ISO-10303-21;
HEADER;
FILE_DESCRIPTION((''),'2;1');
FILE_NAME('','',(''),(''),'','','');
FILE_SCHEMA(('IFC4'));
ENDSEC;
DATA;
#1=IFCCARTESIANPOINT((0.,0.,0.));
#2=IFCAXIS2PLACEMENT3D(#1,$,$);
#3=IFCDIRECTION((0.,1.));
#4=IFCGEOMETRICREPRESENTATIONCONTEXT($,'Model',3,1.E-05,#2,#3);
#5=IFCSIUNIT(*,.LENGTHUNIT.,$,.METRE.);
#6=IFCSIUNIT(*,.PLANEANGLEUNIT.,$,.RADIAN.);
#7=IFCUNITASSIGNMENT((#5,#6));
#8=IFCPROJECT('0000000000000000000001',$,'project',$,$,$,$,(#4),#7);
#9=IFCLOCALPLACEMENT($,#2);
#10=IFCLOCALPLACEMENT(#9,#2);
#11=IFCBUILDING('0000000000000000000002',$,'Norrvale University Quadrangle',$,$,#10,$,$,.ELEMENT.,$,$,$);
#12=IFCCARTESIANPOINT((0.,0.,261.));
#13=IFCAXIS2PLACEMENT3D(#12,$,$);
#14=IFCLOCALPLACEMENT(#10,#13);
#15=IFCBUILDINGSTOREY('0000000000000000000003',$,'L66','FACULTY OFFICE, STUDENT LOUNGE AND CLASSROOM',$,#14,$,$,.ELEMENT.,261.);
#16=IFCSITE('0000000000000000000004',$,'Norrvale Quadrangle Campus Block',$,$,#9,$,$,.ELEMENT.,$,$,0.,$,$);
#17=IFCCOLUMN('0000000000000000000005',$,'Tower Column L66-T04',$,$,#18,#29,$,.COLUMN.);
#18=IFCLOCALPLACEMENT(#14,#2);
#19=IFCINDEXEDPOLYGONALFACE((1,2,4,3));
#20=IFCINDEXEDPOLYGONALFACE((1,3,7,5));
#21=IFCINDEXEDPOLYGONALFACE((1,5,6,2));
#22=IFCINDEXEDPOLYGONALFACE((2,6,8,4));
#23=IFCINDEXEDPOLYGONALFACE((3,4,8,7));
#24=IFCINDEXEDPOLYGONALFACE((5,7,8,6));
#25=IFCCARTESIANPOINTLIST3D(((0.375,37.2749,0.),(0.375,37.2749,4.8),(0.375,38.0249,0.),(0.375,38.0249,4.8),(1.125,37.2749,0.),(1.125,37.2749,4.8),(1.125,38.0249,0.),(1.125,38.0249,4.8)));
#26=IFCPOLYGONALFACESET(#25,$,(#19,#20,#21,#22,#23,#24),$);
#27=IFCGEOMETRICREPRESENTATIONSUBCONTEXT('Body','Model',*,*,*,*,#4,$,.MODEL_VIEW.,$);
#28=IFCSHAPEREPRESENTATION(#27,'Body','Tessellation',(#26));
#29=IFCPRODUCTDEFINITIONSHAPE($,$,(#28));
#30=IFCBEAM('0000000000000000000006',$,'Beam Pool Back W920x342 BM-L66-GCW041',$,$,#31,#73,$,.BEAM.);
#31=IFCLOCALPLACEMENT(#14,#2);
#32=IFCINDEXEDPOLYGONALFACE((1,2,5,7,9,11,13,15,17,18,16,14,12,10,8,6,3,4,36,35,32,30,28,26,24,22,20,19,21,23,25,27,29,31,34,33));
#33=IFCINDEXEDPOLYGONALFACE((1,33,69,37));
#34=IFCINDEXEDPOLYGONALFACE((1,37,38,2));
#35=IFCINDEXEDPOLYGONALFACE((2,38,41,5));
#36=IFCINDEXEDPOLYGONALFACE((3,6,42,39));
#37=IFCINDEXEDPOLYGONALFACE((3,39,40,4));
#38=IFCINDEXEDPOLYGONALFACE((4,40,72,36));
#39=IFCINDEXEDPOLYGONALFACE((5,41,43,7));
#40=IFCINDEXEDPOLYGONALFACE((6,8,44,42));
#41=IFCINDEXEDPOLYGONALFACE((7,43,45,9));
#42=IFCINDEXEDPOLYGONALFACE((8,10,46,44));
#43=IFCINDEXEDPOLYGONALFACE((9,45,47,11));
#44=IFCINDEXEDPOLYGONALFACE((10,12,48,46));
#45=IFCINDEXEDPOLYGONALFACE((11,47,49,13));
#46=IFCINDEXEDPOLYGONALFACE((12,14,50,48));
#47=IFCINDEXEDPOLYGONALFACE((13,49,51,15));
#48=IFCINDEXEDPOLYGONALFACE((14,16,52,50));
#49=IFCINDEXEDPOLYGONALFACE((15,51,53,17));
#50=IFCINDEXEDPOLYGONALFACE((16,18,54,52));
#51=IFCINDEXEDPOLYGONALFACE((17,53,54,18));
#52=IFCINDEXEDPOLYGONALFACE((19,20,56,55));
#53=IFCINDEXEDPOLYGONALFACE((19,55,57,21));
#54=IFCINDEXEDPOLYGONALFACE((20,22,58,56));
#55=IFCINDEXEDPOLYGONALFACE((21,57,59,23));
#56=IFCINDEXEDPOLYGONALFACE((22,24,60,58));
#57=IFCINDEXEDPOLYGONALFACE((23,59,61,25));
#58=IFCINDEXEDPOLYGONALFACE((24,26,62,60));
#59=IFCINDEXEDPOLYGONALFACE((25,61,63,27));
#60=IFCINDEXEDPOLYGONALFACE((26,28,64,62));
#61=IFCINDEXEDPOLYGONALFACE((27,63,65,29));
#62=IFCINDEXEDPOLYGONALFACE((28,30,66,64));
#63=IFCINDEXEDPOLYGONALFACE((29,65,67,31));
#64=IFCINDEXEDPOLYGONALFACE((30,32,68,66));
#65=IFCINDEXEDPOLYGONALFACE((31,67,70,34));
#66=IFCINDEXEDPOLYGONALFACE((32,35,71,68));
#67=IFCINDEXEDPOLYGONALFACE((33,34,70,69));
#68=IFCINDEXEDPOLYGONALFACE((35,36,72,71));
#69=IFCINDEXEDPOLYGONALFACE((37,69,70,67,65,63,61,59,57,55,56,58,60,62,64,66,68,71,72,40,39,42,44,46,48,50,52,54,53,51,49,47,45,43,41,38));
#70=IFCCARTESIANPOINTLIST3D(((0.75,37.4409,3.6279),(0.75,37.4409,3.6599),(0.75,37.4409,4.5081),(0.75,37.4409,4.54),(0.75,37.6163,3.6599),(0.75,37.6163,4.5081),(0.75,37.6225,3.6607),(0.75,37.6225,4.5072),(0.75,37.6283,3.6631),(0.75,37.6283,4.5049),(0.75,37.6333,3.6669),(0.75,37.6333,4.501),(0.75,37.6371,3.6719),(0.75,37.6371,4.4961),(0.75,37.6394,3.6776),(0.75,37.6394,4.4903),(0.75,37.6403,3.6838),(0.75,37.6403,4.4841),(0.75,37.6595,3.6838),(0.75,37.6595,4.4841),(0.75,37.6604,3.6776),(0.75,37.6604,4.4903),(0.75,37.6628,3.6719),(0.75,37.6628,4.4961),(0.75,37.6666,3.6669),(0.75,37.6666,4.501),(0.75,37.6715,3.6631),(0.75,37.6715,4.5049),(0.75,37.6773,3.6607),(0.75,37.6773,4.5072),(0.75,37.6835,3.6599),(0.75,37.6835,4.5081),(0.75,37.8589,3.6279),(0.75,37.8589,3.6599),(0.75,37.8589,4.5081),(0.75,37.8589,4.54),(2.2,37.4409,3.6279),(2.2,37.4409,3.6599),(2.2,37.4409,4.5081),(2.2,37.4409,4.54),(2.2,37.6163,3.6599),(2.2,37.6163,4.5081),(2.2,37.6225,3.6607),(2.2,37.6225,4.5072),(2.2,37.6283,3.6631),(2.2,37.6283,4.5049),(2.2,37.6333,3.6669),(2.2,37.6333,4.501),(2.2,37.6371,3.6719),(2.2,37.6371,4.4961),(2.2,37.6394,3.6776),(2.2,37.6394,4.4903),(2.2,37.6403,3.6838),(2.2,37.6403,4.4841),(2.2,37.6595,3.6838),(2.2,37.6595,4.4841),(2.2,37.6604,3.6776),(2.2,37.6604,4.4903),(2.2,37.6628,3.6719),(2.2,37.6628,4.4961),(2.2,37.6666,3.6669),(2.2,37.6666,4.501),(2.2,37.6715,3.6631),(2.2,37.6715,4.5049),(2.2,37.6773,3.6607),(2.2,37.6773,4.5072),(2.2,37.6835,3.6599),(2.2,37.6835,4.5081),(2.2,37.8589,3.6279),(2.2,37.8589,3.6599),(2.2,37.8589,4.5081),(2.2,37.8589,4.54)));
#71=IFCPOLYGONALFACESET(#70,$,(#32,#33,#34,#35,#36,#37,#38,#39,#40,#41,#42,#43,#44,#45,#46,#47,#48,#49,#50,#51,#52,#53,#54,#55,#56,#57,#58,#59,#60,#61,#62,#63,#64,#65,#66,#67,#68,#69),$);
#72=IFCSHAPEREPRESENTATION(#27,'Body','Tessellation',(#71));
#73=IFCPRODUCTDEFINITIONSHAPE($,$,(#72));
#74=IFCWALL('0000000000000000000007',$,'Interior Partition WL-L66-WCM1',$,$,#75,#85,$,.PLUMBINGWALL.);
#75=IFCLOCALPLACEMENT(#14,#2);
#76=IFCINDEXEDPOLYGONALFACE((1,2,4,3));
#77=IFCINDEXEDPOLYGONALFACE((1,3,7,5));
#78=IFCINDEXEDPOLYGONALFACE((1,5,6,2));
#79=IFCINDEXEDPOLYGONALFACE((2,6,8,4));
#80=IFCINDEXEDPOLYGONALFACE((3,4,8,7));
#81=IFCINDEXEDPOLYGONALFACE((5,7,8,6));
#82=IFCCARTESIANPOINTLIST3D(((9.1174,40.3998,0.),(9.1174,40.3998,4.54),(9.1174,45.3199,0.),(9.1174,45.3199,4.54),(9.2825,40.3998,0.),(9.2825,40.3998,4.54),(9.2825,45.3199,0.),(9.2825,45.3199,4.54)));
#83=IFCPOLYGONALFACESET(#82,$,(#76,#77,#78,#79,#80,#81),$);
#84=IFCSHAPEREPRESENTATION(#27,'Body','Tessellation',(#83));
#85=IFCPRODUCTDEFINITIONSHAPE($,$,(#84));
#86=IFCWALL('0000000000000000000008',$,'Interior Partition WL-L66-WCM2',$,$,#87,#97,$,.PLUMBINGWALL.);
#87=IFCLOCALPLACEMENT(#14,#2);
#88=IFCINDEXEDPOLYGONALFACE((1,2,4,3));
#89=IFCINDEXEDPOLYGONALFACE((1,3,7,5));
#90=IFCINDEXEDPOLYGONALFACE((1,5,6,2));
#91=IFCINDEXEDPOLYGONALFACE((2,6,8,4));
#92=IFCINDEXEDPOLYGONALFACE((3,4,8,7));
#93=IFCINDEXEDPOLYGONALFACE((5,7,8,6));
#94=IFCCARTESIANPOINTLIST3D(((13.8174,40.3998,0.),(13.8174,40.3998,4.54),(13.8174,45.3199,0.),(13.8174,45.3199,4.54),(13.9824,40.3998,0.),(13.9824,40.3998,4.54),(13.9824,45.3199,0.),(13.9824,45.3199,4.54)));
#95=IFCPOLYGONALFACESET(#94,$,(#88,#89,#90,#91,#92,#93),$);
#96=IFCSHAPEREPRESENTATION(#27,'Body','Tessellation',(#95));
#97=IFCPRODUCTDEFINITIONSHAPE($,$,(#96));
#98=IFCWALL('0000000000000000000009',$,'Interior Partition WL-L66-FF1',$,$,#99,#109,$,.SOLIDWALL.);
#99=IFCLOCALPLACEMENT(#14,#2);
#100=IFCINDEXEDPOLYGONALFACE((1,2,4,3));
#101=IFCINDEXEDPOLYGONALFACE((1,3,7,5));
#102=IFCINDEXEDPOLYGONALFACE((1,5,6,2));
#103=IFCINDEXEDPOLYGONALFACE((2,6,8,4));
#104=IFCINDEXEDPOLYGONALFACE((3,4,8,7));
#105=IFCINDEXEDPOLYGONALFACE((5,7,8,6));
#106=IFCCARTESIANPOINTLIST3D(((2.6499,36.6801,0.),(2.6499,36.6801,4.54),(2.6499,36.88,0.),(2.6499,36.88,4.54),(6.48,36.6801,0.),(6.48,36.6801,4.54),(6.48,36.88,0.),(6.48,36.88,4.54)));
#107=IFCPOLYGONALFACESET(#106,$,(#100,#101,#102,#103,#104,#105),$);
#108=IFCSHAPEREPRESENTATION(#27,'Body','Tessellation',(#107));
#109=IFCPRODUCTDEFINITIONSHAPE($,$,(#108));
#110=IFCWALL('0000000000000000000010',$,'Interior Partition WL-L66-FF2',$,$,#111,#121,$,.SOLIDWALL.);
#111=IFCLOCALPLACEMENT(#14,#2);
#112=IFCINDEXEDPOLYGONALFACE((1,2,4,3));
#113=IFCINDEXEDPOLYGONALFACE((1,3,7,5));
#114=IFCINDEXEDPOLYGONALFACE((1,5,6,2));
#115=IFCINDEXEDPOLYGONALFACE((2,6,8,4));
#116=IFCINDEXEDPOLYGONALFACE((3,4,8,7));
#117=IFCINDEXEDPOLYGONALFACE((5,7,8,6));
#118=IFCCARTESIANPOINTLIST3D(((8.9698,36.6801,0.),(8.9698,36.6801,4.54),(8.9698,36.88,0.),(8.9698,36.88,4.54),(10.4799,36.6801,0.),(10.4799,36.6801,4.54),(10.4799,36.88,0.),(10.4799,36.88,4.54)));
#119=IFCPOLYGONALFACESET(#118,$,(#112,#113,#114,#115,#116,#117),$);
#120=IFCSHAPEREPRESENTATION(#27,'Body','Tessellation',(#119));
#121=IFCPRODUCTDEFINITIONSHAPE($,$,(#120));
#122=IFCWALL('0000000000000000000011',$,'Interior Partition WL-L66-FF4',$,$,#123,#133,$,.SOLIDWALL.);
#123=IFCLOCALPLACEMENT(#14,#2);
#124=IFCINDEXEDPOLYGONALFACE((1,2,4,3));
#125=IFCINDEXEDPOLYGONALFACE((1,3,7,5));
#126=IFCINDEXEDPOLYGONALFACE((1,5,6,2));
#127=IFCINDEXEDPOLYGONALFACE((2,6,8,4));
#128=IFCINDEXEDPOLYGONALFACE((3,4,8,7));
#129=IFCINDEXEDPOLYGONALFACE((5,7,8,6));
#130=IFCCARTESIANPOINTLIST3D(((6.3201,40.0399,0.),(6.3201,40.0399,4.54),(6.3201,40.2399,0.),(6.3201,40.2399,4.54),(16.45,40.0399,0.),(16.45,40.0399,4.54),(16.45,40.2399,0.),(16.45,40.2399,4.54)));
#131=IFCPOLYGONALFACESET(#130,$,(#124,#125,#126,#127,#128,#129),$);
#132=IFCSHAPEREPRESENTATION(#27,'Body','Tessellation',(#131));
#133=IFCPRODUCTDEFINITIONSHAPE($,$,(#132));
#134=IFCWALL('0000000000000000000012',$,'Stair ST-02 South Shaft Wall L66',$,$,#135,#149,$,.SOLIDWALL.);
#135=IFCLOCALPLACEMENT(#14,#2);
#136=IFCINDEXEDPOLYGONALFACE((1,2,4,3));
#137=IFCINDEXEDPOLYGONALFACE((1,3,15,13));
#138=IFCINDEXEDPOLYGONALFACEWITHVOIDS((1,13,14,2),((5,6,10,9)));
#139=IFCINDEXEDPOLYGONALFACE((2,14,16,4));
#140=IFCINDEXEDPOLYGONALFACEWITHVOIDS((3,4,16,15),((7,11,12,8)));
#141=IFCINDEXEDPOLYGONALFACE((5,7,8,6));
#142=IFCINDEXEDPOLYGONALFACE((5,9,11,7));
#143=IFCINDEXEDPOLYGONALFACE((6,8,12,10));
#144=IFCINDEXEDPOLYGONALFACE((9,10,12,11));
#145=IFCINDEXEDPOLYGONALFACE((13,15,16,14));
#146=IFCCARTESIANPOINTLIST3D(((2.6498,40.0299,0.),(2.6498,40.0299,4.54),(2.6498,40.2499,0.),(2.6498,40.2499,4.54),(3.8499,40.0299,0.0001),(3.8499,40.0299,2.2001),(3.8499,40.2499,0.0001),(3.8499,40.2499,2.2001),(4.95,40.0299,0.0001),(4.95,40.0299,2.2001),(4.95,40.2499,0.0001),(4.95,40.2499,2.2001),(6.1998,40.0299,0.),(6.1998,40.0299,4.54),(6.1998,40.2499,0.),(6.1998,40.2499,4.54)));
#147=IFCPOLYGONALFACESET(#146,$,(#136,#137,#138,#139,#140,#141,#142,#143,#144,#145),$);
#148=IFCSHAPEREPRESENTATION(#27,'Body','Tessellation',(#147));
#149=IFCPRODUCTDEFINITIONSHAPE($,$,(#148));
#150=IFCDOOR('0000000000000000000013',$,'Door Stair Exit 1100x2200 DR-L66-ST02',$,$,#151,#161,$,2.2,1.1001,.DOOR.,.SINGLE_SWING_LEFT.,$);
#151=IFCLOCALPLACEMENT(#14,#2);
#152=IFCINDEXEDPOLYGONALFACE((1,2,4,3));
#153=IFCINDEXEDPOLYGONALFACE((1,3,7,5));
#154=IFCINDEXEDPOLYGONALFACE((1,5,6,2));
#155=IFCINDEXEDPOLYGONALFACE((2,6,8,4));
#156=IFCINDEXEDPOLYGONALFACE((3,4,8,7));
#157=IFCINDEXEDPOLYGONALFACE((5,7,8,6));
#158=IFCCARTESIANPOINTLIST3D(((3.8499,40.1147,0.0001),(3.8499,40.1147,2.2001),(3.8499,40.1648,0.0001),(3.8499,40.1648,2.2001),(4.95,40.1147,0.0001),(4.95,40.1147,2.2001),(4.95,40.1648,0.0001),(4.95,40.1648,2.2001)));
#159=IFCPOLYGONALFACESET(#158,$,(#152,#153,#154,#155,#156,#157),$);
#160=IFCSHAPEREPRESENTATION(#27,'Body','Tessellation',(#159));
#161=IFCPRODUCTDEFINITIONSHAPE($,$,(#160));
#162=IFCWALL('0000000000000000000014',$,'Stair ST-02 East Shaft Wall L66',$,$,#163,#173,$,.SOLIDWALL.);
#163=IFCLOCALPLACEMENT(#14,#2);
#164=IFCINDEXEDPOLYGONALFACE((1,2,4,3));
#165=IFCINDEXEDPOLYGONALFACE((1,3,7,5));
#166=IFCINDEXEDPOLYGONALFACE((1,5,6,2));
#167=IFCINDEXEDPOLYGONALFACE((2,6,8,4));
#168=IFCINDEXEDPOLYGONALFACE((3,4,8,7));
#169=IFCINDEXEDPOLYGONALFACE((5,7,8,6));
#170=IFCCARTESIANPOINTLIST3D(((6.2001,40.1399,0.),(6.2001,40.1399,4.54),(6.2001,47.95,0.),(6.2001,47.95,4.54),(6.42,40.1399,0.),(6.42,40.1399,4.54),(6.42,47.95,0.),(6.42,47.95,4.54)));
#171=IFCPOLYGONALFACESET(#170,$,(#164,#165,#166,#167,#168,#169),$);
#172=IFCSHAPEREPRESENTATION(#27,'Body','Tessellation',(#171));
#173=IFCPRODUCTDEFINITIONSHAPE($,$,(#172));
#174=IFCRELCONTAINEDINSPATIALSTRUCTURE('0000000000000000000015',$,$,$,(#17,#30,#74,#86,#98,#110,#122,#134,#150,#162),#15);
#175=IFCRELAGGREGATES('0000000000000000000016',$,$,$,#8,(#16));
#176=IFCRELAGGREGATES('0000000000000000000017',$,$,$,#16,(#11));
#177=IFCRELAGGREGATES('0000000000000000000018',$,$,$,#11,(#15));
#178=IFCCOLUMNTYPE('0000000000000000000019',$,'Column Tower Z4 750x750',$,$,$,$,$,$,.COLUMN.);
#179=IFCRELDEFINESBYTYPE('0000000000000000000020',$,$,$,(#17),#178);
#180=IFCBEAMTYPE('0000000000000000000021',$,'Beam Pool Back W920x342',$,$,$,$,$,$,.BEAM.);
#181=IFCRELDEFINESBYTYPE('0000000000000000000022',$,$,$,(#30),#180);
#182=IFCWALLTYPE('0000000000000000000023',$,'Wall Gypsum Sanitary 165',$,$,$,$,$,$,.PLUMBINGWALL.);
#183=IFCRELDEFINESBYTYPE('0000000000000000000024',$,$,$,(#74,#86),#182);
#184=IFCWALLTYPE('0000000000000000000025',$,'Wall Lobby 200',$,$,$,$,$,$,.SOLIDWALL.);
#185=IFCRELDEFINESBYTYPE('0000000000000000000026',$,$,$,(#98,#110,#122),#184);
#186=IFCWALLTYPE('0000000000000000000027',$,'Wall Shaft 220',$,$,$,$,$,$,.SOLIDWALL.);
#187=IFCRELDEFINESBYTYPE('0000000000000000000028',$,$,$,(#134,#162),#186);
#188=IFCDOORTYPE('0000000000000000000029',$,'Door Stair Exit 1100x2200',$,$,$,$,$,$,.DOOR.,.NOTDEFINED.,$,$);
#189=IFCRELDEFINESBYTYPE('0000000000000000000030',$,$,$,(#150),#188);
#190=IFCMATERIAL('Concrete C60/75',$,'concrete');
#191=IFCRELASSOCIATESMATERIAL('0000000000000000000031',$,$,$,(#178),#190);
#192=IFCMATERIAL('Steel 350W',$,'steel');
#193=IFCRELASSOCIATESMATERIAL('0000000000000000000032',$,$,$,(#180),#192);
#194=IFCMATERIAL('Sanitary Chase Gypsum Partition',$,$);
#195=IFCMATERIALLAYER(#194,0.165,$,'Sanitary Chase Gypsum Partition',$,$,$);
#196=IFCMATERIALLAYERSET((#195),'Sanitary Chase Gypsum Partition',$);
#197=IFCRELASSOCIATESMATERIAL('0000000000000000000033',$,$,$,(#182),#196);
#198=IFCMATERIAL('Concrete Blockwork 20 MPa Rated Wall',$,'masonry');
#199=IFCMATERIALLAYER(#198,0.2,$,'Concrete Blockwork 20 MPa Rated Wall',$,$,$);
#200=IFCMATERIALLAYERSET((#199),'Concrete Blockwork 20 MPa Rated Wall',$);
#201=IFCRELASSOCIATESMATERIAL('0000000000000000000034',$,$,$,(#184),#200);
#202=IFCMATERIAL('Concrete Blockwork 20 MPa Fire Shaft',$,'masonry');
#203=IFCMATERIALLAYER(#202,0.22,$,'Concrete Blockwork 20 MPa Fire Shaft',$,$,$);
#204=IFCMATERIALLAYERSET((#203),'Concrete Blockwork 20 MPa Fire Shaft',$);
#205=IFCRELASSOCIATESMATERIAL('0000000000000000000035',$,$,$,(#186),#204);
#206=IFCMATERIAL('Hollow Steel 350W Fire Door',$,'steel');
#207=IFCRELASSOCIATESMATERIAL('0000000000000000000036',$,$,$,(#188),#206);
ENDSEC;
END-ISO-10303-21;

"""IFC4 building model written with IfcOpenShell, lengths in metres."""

from ifc_helpers import new_model, si_unit, direction, frame, frame_2d, origin, origin_2d, place, context, subcontext, project, spatial, rectangle, i_section, extrude, material, layer, layer_set, material_profile, profile_set, type_object, element, fill, save


model = new_model("IFC4")

# Units and contexts
model_context = context("Model", 3, precision=1e-05, world=origin(), true_north=direction((0.0, 1.0)))
body_context = subcontext(model_context, "Body", "Model", "MODEL_VIEW")
ifc_project = project(units=[si_unit("LENGTHUNIT", "METRE"), si_unit("PLANEANGLEUNIT", "RADIAN")], contexts=[model_context])

# Site, building, storey
site_placement = place(None, origin())
site = spatial("IfcSite", under=ifc_project, at=site_placement, Name="Norrvale Quadrangle Campus Block", CompositionType="ELEMENT", RefElevation=0.0)
building_placement = place(site_placement, origin())
building = spatial("IfcBuilding", under=site, at=building_placement, Name="Norrvale University Quadrangle", CompositionType="ELEMENT")
storey_placement = place(building_placement, frame((0.0, 0.0, 261.0)))
storey = spatial("IfcBuildingStorey", under=building, at=storey_placement, Name="L66", Description="FACULTY OFFICE, STUDENT LOUNGE AND CLASSROOM", CompositionType="ELEMENT", Elevation=261.0)

# Column
ifc_material_1 = material(Name="Concrete C60/75", Category="concrete")
ifc_material_profile_1 = material_profile(ifc_material_1, rectangle(XDim=0.75, YDim=0.75, at=origin_2d()), Name="Concrete C60/75")
ifc_profile_set_1 = profile_set([ifc_material_profile_1], Name="Concrete C60/75")
column_type = type_object("IfcColumnType", Name="Column Tower Z4 750x750", PredefinedType="COLUMN", material=ifc_profile_set_1)
column_placement = place(storey_placement, frame((0.75, 37.6499, 0.0), z_axis=(0.0, 0.0, 1.0), x_axis=(1.0, 0.0, 0.0)))
element("IfcColumn", 1, at=column_placement, inside=storey, type_object=column_type, Name="Tower Column L66-T04", PredefinedType="COLUMN", context=body_context, shape_type="SweptSolid", body=[
    extrude(rectangle(XDim=0.75, YDim=0.75, at=origin_2d()), origin(), (0.0, 0.0, 1.0), 4.8),
])

# Beam
ifc_material_2 = material(Name="Steel 350W", Category="steel")
ifc_material_profile_2 = material_profile(ifc_material_2, i_section(OverallWidth=0.418, OverallDepth=0.9121, WebThickness=0.0193, FlangeThickness=0.032, FilletRadius=0.0239, at=origin_2d()), Name="Steel 350W")
ifc_profile_set_2 = profile_set([ifc_material_profile_2], Name="Steel 350W")
beam_type = type_object("IfcBeamType", Name="Beam Pool Back W920x342", PredefinedType="BEAM", material=ifc_profile_set_2)
beam_placement = place(storey_placement, frame((0.75, 37.6499, 4.084), z_axis=(1.0, 0.0, 0.0), x_axis=(0.0, 1.0, 0.0)))
element("IfcBeam", 2, at=beam_placement, inside=storey, type_object=beam_type, Name="Beam Pool Back W920x342 BM-L66-GCW041", PredefinedType="BEAM", context=body_context, shape_type="SweptSolid", body=[
    extrude(i_section(OverallWidth=0.418, OverallDepth=0.9121, WebThickness=0.0193, FlangeThickness=0.032, FilletRadius=0.0239, at=origin_2d()), origin(), (0.0, 0.0, 1.0), 1.45),
])

# Walls
ifc_material_3 = material(Name="Sanitary Chase Gypsum Partition")
ifc_layer_1 = layer(ifc_material_3, 0.165, Name="Sanitary Chase Gypsum Partition")
ifc_layer_set_1 = layer_set([ifc_layer_1], Name="Sanitary Chase Gypsum Partition")
wall_type_1 = type_object("IfcWallType", Name="Wall Gypsum Sanitary 165", PredefinedType="PLUMBINGWALL", material=ifc_layer_set_1)
for number, where, z_axis, x_axis, name in (
    (3, (9.2, 40.3999, 0.0), (0.0, 0.0, 1.0), (0.0, 1.0, 0.0), "Interior Partition WL-L66-WCM1"),
    (4, (13.8999, 40.3999, 0.0), (0.0, 0.0, 1.0), (0.0, 1.0, 0.0), "Interior Partition WL-L66-WCM2"),
):
    element("IfcWall", number, at=place(storey_placement, frame(where, z_axis=z_axis, x_axis=x_axis)), inside=storey, type_object=wall_type_1, Name=name, PredefinedType="PLUMBINGWALL", context=body_context, shape_type="SweptSolid", body=[
        extrude(rectangle(XDim=4.9202, YDim=0.165, at=frame_2d((2.46, 0.0))), origin(), (0.0, 0.0, 1.0), 4.54),
    ])
ifc_material_4 = material(Name="Concrete Blockwork 20 MPa Rated Wall", Category="masonry")
ifc_layer_2 = layer(ifc_material_4, 0.2, Name="Concrete Blockwork 20 MPa Rated Wall")
ifc_layer_set_2 = layer_set([ifc_layer_2], Name="Concrete Blockwork 20 MPa Rated Wall")
wall_type_2 = type_object("IfcWallType", Name="Wall Lobby 200", PredefinedType="SOLIDWALL", material=ifc_layer_set_2)
wall_1_placement = place(storey_placement, frame((2.6499, 36.78, 0.0), z_axis=(0.0, 0.0, 1.0), x_axis=(1.0, 0.0, 0.0)))
element("IfcWall", 5, at=wall_1_placement, inside=storey, type_object=wall_type_2, Name="Interior Partition WL-L66-FF1", PredefinedType="SOLIDWALL", context=body_context, shape_type="SweptSolid", body=[
    extrude(rectangle(XDim=3.8301, YDim=0.2, at=frame_2d((1.915, 0.0))), origin(), (0.0, 0.0, 1.0), 4.54),
])
wall_2_placement = place(storey_placement, frame((8.97, 36.78, 0.0), z_axis=(0.0, 0.0, 1.0), x_axis=(1.0, 0.0, 0.0)))
element("IfcWall", 6, at=wall_2_placement, inside=storey, type_object=wall_type_2, Name="Interior Partition WL-L66-FF2", PredefinedType="SOLIDWALL", context=body_context, shape_type="SweptSolid", body=[
    extrude(rectangle(XDim=1.51, YDim=0.2, at=frame_2d((0.7549, 0.0))), origin(), (0.0, 0.0, 1.0), 4.54),
])
wall_3_placement = place(storey_placement, frame((6.3201, 40.1399, 0.0), z_axis=(0.0, 0.0, 1.0), x_axis=(1.0, 0.0, 0.0)))
element("IfcWall", 7, at=wall_3_placement, inside=storey, type_object=wall_type_2, Name="Interior Partition WL-L66-FF4", PredefinedType="SOLIDWALL", context=body_context, shape_type="SweptSolid", body=[
    extrude(rectangle(XDim=10.1299, YDim=0.2, at=frame_2d((5.0649, 0.0))), origin(), (0.0, 0.0, 1.0), 4.54),
])

# Wall, opening, door
ifc_material_5 = material(Name="Concrete Blockwork 20 MPa Fire Shaft", Category="masonry")
ifc_layer_3 = layer(ifc_material_5, 0.22, Name="Concrete Blockwork 20 MPa Fire Shaft")
ifc_layer_set_3 = layer_set([ifc_layer_3], Name="Concrete Blockwork 20 MPa Fire Shaft")
wall_type_3 = type_object("IfcWallType", Name="Wall Shaft 220", PredefinedType="SOLIDWALL", material=ifc_layer_set_3)
wall_4_placement = place(storey_placement, frame((2.6499, 40.1399, 0.0), z_axis=(0.0, 0.0, 1.0), x_axis=(1.0, 0.0, 0.0)))
wall_4 = element("IfcWall", 8, at=wall_4_placement, inside=storey, type_object=wall_type_3, Name="Stair ST-02 South Shaft Wall L66", PredefinedType="SOLIDWALL", context=body_context, shape_type="SweptSolid", body=[
    extrude(rectangle(XDim=3.55, YDim=0.22, at=frame_2d((1.7749, 0.0))), origin(), (0.0, 0.0, 1.0), 4.54),
])
opening_1_placement = place(wall_4_placement, frame((1.2, 0.0, 0.0)))
opening_1 = element("IfcOpeningElement", 9, at=opening_1_placement, cuts=wall_4, PredefinedType="OPENING", context=body_context, shape_type="SweptSolid", body=[
    extrude(rectangle(XDim=1.1001, YDim=2.2, at=frame_2d((0.55, 1.1001))), frame((0.0, 0.1221, 0.0), z_axis=(0.0, -1.0, 0.0), x_axis=(1.0, 0.0, 0.0)), (0.0, 0.0, 1.0), 0.2439),
])
ifc_material_6 = material(Name="Hollow Steel 350W Fire Door", Category="steel")
door_type_1 = type_object("IfcDoorType", Name="Door Stair Exit 1100x2200", OperationType="NOTDEFINED", PredefinedType="DOOR", material=ifc_material_6)
door_1_placement = place(opening_1_placement, origin())
door_1 = element("IfcDoor", 10, at=door_1_placement, inside=storey, type_object=door_type_1, Name="Door Stair Exit 1100x2200 DR-L66-ST02", OperationType="SINGLE_SWING_LEFT", OverallHeight=2.2, OverallWidth=1.1001, PredefinedType="DOOR", context=body_context, shape_type="SweptSolid", body=[
    extrude(rectangle(XDim=1.1001, YDim=2.2, at=frame_2d((0.55, 1.1001))), frame((0.0, 0.0249, 0.0), z_axis=(0.0, -1.0, 0.0), x_axis=(1.0, 0.0, 0.0)), (0.0, 0.0, 1.0), 0.05),
])
fill(opening_1, door_1)

# Wall
wall_5_placement = place(storey_placement, frame((6.3101, 40.1399, 0.0), z_axis=(0.0, 0.0, 1.0), x_axis=(0.0, 1.0, 0.0)))
element("IfcWall", 11, at=wall_5_placement, inside=storey, type_object=wall_type_3, Name="Stair ST-02 East Shaft Wall L66", PredefinedType="SOLIDWALL", context=body_context, shape_type="SweptSolid", body=[
    extrude(rectangle(XDim=7.8101, YDim=0.22, at=frame_2d((3.905, 0.0))), origin(), (0.0, 0.0, 1.0), 4.54),
])

save(model, "model.ifc")
